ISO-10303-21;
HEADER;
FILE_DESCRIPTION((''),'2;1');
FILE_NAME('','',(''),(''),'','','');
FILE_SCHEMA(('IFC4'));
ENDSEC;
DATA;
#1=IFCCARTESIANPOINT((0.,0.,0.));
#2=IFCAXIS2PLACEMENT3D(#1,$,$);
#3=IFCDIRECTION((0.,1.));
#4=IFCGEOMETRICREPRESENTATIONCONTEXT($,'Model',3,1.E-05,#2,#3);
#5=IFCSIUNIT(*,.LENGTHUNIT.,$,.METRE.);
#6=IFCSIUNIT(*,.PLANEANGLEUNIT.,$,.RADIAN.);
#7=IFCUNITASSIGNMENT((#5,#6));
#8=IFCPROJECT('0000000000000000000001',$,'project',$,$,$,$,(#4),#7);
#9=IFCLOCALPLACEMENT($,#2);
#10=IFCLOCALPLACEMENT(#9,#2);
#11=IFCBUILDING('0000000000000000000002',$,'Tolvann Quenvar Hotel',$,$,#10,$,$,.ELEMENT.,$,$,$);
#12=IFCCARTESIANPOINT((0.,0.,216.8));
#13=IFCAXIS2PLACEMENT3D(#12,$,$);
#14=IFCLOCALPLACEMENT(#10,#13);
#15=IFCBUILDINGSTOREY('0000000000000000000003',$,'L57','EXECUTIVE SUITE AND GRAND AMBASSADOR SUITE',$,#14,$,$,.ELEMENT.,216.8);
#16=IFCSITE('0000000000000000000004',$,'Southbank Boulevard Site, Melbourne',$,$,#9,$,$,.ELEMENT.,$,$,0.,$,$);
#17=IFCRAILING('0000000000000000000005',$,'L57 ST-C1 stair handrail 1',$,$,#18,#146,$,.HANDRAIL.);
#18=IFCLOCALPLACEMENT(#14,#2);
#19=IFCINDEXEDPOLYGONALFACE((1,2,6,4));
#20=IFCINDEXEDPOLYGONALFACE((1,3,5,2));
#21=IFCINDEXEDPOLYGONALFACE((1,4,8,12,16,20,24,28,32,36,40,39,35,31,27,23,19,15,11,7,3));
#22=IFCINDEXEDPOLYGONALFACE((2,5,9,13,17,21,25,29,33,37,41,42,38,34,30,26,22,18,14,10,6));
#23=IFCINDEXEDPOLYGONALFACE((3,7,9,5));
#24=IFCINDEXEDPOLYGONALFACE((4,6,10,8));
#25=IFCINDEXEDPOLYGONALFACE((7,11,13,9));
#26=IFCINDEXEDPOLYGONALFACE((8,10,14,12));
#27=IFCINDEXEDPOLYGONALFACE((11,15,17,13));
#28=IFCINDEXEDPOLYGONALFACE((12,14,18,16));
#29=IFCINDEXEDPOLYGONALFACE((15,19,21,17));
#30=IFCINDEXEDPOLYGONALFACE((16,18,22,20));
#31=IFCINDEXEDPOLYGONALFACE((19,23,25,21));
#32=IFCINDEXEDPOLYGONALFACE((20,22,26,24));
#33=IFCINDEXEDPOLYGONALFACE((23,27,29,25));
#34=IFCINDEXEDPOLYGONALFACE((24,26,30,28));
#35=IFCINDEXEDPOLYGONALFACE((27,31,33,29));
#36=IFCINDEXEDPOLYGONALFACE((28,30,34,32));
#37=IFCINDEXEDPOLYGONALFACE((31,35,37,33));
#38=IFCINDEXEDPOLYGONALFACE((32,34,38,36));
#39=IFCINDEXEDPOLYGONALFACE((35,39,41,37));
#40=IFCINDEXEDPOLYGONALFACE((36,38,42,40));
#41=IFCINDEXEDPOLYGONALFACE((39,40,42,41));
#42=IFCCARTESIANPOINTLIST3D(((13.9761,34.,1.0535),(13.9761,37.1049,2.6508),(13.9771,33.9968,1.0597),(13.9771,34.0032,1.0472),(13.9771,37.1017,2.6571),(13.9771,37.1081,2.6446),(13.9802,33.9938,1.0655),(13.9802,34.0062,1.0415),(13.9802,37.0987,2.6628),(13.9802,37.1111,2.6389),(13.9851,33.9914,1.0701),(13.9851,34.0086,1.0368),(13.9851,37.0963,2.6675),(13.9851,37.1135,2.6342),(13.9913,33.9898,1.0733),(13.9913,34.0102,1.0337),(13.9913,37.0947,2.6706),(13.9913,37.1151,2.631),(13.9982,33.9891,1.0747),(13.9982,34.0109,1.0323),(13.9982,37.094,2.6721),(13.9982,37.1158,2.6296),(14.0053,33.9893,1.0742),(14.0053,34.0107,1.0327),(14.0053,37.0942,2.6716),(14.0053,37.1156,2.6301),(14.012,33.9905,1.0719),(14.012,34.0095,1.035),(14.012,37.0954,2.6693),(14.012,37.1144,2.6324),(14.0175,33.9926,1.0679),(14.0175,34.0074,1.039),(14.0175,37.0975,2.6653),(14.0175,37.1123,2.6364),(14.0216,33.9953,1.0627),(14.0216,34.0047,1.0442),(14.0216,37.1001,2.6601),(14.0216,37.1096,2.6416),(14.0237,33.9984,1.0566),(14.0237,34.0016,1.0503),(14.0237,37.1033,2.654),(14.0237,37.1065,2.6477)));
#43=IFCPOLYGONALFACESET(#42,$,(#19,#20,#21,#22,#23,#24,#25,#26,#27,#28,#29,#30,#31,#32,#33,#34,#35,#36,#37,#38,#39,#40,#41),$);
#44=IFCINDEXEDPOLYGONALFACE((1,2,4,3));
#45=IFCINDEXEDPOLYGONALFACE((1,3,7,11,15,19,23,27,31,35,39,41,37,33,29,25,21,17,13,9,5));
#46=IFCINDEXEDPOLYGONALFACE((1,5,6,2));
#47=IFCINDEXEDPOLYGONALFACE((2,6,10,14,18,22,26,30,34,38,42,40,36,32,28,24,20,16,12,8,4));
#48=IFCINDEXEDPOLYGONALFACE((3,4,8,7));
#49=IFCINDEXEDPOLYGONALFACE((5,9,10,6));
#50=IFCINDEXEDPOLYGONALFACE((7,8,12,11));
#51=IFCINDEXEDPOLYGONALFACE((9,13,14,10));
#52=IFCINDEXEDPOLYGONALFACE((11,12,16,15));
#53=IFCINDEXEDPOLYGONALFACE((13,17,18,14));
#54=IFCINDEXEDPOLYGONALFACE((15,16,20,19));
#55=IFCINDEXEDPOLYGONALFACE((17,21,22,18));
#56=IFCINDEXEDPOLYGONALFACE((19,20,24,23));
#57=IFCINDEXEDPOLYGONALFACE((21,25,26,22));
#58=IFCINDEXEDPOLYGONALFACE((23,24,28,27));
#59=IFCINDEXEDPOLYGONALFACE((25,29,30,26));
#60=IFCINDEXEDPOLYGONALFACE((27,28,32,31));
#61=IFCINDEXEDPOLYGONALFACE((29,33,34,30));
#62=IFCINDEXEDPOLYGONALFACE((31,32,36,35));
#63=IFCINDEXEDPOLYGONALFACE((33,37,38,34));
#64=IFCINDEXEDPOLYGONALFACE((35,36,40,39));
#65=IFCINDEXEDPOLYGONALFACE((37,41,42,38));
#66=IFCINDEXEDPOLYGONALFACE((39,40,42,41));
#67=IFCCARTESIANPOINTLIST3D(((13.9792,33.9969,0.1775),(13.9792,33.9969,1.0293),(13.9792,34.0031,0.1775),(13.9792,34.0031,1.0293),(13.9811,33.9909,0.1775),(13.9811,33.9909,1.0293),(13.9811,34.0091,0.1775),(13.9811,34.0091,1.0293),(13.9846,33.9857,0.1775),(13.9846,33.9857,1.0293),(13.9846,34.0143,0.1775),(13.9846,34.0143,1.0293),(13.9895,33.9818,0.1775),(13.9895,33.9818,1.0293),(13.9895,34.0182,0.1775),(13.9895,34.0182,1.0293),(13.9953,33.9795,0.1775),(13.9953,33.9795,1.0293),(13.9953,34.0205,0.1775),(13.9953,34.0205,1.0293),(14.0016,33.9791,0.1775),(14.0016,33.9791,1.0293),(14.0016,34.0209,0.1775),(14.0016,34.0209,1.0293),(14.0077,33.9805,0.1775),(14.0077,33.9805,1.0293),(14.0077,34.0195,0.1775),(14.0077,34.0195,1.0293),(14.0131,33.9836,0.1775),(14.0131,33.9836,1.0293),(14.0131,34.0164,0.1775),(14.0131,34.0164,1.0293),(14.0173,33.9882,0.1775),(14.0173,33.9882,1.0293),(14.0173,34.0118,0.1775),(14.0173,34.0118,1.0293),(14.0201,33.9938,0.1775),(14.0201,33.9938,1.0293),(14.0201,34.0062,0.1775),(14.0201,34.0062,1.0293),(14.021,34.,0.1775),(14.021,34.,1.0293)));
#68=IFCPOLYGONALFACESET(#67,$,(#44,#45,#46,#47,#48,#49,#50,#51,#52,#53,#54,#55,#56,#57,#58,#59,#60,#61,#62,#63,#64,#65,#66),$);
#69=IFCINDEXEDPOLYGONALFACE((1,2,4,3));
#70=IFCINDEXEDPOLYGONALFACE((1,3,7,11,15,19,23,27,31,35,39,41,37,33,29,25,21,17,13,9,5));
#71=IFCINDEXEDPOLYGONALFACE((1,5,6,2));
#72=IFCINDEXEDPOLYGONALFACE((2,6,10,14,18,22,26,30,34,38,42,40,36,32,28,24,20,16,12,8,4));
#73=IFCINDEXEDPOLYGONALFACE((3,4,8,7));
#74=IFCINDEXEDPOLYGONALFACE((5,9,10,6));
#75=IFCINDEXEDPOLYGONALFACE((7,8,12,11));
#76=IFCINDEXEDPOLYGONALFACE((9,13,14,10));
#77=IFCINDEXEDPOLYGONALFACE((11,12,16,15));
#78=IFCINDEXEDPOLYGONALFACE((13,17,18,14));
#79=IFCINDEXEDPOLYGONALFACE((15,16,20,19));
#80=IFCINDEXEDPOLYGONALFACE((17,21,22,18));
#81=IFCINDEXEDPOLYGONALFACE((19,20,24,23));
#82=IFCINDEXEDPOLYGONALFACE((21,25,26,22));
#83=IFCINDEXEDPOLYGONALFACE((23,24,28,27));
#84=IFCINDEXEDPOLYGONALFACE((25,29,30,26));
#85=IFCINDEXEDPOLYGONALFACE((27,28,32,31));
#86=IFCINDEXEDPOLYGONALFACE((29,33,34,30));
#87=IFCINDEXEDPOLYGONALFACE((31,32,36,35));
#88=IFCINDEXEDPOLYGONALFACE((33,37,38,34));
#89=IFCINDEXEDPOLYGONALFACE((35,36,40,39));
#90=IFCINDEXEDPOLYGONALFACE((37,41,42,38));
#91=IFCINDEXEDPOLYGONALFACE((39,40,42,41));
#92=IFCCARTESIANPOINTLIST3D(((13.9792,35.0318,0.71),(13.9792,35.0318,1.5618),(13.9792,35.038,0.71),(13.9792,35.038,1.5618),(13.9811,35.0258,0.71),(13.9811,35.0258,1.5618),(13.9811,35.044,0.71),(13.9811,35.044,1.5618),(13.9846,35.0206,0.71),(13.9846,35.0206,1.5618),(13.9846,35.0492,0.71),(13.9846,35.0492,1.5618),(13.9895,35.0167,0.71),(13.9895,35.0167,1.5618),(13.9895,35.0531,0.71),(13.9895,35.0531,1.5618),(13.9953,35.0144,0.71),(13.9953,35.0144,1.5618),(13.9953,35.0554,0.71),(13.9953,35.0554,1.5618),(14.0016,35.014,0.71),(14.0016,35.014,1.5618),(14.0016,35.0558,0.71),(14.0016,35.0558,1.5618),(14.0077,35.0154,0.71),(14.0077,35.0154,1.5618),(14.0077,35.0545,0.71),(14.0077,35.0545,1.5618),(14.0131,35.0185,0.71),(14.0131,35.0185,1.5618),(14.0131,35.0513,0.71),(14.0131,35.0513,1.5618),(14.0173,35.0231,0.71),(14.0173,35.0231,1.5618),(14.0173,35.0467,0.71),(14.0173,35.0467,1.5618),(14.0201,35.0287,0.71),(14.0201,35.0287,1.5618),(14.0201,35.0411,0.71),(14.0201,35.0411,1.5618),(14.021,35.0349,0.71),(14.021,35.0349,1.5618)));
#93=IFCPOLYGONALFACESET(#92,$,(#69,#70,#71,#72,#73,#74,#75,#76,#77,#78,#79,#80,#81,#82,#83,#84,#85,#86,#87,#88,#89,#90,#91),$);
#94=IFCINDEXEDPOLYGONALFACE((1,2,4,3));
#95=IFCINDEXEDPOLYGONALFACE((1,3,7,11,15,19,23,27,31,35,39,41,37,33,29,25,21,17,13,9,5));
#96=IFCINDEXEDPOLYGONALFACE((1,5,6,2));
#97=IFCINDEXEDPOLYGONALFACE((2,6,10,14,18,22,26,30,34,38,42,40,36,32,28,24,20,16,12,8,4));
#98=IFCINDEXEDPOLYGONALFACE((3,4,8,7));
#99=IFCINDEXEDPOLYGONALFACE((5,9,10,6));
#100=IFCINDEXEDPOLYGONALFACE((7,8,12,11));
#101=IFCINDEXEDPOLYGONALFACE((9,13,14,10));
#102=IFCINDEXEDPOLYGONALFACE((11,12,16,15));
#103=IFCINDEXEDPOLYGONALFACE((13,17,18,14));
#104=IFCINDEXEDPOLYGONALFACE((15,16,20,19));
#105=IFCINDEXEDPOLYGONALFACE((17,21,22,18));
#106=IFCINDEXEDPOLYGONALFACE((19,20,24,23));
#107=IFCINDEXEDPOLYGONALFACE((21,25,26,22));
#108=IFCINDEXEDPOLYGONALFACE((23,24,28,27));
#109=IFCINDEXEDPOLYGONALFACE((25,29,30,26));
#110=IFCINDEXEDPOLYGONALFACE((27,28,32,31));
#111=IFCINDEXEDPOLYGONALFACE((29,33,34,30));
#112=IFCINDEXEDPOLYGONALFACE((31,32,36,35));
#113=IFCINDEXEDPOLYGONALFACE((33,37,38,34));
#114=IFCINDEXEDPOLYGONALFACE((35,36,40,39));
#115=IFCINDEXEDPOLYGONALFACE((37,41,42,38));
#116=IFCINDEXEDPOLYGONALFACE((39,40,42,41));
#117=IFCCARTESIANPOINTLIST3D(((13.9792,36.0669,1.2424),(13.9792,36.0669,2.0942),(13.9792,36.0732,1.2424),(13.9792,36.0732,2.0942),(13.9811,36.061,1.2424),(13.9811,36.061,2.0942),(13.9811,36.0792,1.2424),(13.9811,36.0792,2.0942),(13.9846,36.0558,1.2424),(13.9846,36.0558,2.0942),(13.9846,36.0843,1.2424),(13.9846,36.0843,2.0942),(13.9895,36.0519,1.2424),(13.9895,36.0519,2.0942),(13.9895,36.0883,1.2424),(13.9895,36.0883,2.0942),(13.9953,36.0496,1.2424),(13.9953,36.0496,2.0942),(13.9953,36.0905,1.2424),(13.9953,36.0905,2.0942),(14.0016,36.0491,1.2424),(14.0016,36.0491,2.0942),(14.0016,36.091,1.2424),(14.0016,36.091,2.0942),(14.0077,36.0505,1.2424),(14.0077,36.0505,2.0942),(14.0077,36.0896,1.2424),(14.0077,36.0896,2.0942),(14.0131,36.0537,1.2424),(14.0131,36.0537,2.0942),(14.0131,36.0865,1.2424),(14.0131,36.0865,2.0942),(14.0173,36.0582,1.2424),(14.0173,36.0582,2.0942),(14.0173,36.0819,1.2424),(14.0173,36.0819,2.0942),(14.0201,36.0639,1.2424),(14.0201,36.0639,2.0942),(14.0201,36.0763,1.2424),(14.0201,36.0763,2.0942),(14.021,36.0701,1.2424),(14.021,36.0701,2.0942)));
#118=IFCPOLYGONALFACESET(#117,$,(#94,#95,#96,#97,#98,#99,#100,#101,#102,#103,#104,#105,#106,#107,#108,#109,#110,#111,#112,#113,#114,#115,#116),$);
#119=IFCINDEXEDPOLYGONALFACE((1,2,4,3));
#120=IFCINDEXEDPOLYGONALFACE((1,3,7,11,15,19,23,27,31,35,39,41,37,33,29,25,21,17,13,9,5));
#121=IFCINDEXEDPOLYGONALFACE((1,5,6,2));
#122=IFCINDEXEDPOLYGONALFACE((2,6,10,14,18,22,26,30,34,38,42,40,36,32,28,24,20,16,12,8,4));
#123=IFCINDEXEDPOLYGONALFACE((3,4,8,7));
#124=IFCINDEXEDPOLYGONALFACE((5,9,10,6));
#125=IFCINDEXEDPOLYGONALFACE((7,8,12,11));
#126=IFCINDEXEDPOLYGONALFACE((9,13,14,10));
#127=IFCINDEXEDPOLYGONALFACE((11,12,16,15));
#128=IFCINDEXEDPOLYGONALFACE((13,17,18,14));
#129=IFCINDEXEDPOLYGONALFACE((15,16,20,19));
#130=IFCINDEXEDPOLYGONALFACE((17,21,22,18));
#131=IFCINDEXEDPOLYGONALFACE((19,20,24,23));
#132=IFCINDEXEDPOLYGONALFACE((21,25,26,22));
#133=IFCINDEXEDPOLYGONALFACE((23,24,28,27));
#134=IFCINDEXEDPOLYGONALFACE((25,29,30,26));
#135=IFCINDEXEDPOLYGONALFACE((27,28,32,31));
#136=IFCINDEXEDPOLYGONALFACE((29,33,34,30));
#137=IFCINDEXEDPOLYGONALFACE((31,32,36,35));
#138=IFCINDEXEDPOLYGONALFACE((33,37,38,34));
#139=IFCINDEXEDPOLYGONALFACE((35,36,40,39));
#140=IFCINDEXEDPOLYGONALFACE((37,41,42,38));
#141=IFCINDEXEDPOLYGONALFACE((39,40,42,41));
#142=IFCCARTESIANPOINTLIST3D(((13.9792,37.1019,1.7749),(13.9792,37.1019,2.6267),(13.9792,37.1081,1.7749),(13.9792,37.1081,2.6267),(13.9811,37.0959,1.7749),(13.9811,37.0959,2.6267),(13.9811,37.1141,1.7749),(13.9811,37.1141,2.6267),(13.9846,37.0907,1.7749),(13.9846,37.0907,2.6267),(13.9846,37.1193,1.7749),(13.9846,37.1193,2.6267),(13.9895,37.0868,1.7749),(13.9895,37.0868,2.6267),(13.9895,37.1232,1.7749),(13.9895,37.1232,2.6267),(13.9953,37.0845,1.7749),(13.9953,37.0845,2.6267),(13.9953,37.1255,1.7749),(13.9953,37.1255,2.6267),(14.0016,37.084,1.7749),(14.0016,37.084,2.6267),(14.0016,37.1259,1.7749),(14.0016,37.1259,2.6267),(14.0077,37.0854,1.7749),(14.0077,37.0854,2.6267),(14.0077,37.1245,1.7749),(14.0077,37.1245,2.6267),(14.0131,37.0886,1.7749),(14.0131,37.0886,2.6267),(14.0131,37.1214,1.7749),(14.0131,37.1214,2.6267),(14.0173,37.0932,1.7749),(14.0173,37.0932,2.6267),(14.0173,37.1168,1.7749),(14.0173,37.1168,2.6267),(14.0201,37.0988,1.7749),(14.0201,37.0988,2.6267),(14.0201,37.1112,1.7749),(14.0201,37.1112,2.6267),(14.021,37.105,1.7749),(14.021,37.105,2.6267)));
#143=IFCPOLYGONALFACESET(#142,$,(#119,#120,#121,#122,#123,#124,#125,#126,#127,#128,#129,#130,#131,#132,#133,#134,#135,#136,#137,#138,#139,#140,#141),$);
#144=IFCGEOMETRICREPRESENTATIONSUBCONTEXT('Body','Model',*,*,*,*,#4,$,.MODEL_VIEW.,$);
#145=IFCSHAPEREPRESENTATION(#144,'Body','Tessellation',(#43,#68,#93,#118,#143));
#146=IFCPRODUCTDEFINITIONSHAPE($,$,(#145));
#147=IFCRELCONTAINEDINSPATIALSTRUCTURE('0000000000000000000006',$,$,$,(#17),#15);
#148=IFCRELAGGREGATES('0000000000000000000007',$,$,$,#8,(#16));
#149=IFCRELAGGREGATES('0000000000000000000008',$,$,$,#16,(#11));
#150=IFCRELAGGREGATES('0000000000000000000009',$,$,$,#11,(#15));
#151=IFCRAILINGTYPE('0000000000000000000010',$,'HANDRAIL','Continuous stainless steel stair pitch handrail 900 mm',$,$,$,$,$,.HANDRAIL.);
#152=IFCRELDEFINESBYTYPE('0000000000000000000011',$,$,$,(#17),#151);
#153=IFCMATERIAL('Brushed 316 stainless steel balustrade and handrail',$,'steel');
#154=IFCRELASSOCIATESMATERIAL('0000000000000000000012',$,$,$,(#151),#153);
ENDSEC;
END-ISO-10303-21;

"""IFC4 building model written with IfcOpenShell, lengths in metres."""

from ifc_helpers import new_model, si_unit, direction, frame, origin, origin_2d, place, context, subcontext, project, spatial, circle, extrude, material, type_object, element, save


model = new_model("IFC4")

# Units and contexts
model_context = context("Model", 3, precision=1e-05, world=origin(), true_north=direction((0.0, 1.0)))
body_context = subcontext(model_context, "Body", "Model", "MODEL_VIEW")
ifc_project = project(units=[si_unit("LENGTHUNIT", "METRE"), si_unit("PLANEANGLEUNIT", "RADIAN")], contexts=[model_context])

# Site, building, storey
site_placement = place(None, origin())
site = spatial("IfcSite", under=ifc_project, at=site_placement, Name="Southbank Boulevard Site, Melbourne", CompositionType="ELEMENT", RefElevation=0.0)
building_placement = place(site_placement, origin())
building = spatial("IfcBuilding", under=site, at=building_placement, Name="Tolvann Quenvar Hotel", CompositionType="ELEMENT")
storey_placement = place(building_placement, frame((0.0, 0.0, 216.8)))
storey = spatial("IfcBuildingStorey", under=building, at=storey_placement, Name="L57", Description="EXECUTIVE SUITE AND GRAND AMBASSADOR SUITE", CompositionType="ELEMENT", Elevation=216.8)

# Railing
ifc_material_1 = material(Name="Brushed 316 stainless steel balustrade and handrail", Category="steel")
railing_type_1 = type_object("IfcRailingType", Name="HANDRAIL", Description="Continuous stainless steel stair pitch handrail 900 mm", PredefinedType="HANDRAIL", material=ifc_material_1)
railing_1_placement = place(storey_placement, frame((14.0, 34.0, 0.1775)))
element("IfcRailing", 1, at=railing_1_placement, inside=storey, type_object=railing_type_1, Name="L57 ST-C1 stair handrail 1", PredefinedType="HANDRAIL", context=body_context, shape_type="SweptSolid", body=[
    extrude(circle(Radius=0.0239, at=origin_2d()), frame((0.0, 0.0, 0.876), z_axis=(0.0, 0.889222, 0.457476), x_axis=(-1.0, 0.0, 0.0)), (0.0, 0.0, 1.0), 3.4917),
    extrude(circle(Radius=0.021, at=origin_2d()), origin(), (0.0, 0.0, 1.0), 0.8518),
    extrude(circle(Radius=0.021, at=origin_2d()), frame((0.0, 1.0349, 0.5325)), (0.0, 0.0, 1.0), 0.8518),
    extrude(circle(Radius=0.021, at=origin_2d()), frame((0.0, 2.0701, 1.0649)), (0.0, 0.0, 1.0), 0.8518),
    extrude(circle(Radius=0.021, at=origin_2d()), frame((0.0, 3.105, 1.5974)), (0.0, 0.0, 1.0), 0.8518),
])

save(model, "model.ifc")
